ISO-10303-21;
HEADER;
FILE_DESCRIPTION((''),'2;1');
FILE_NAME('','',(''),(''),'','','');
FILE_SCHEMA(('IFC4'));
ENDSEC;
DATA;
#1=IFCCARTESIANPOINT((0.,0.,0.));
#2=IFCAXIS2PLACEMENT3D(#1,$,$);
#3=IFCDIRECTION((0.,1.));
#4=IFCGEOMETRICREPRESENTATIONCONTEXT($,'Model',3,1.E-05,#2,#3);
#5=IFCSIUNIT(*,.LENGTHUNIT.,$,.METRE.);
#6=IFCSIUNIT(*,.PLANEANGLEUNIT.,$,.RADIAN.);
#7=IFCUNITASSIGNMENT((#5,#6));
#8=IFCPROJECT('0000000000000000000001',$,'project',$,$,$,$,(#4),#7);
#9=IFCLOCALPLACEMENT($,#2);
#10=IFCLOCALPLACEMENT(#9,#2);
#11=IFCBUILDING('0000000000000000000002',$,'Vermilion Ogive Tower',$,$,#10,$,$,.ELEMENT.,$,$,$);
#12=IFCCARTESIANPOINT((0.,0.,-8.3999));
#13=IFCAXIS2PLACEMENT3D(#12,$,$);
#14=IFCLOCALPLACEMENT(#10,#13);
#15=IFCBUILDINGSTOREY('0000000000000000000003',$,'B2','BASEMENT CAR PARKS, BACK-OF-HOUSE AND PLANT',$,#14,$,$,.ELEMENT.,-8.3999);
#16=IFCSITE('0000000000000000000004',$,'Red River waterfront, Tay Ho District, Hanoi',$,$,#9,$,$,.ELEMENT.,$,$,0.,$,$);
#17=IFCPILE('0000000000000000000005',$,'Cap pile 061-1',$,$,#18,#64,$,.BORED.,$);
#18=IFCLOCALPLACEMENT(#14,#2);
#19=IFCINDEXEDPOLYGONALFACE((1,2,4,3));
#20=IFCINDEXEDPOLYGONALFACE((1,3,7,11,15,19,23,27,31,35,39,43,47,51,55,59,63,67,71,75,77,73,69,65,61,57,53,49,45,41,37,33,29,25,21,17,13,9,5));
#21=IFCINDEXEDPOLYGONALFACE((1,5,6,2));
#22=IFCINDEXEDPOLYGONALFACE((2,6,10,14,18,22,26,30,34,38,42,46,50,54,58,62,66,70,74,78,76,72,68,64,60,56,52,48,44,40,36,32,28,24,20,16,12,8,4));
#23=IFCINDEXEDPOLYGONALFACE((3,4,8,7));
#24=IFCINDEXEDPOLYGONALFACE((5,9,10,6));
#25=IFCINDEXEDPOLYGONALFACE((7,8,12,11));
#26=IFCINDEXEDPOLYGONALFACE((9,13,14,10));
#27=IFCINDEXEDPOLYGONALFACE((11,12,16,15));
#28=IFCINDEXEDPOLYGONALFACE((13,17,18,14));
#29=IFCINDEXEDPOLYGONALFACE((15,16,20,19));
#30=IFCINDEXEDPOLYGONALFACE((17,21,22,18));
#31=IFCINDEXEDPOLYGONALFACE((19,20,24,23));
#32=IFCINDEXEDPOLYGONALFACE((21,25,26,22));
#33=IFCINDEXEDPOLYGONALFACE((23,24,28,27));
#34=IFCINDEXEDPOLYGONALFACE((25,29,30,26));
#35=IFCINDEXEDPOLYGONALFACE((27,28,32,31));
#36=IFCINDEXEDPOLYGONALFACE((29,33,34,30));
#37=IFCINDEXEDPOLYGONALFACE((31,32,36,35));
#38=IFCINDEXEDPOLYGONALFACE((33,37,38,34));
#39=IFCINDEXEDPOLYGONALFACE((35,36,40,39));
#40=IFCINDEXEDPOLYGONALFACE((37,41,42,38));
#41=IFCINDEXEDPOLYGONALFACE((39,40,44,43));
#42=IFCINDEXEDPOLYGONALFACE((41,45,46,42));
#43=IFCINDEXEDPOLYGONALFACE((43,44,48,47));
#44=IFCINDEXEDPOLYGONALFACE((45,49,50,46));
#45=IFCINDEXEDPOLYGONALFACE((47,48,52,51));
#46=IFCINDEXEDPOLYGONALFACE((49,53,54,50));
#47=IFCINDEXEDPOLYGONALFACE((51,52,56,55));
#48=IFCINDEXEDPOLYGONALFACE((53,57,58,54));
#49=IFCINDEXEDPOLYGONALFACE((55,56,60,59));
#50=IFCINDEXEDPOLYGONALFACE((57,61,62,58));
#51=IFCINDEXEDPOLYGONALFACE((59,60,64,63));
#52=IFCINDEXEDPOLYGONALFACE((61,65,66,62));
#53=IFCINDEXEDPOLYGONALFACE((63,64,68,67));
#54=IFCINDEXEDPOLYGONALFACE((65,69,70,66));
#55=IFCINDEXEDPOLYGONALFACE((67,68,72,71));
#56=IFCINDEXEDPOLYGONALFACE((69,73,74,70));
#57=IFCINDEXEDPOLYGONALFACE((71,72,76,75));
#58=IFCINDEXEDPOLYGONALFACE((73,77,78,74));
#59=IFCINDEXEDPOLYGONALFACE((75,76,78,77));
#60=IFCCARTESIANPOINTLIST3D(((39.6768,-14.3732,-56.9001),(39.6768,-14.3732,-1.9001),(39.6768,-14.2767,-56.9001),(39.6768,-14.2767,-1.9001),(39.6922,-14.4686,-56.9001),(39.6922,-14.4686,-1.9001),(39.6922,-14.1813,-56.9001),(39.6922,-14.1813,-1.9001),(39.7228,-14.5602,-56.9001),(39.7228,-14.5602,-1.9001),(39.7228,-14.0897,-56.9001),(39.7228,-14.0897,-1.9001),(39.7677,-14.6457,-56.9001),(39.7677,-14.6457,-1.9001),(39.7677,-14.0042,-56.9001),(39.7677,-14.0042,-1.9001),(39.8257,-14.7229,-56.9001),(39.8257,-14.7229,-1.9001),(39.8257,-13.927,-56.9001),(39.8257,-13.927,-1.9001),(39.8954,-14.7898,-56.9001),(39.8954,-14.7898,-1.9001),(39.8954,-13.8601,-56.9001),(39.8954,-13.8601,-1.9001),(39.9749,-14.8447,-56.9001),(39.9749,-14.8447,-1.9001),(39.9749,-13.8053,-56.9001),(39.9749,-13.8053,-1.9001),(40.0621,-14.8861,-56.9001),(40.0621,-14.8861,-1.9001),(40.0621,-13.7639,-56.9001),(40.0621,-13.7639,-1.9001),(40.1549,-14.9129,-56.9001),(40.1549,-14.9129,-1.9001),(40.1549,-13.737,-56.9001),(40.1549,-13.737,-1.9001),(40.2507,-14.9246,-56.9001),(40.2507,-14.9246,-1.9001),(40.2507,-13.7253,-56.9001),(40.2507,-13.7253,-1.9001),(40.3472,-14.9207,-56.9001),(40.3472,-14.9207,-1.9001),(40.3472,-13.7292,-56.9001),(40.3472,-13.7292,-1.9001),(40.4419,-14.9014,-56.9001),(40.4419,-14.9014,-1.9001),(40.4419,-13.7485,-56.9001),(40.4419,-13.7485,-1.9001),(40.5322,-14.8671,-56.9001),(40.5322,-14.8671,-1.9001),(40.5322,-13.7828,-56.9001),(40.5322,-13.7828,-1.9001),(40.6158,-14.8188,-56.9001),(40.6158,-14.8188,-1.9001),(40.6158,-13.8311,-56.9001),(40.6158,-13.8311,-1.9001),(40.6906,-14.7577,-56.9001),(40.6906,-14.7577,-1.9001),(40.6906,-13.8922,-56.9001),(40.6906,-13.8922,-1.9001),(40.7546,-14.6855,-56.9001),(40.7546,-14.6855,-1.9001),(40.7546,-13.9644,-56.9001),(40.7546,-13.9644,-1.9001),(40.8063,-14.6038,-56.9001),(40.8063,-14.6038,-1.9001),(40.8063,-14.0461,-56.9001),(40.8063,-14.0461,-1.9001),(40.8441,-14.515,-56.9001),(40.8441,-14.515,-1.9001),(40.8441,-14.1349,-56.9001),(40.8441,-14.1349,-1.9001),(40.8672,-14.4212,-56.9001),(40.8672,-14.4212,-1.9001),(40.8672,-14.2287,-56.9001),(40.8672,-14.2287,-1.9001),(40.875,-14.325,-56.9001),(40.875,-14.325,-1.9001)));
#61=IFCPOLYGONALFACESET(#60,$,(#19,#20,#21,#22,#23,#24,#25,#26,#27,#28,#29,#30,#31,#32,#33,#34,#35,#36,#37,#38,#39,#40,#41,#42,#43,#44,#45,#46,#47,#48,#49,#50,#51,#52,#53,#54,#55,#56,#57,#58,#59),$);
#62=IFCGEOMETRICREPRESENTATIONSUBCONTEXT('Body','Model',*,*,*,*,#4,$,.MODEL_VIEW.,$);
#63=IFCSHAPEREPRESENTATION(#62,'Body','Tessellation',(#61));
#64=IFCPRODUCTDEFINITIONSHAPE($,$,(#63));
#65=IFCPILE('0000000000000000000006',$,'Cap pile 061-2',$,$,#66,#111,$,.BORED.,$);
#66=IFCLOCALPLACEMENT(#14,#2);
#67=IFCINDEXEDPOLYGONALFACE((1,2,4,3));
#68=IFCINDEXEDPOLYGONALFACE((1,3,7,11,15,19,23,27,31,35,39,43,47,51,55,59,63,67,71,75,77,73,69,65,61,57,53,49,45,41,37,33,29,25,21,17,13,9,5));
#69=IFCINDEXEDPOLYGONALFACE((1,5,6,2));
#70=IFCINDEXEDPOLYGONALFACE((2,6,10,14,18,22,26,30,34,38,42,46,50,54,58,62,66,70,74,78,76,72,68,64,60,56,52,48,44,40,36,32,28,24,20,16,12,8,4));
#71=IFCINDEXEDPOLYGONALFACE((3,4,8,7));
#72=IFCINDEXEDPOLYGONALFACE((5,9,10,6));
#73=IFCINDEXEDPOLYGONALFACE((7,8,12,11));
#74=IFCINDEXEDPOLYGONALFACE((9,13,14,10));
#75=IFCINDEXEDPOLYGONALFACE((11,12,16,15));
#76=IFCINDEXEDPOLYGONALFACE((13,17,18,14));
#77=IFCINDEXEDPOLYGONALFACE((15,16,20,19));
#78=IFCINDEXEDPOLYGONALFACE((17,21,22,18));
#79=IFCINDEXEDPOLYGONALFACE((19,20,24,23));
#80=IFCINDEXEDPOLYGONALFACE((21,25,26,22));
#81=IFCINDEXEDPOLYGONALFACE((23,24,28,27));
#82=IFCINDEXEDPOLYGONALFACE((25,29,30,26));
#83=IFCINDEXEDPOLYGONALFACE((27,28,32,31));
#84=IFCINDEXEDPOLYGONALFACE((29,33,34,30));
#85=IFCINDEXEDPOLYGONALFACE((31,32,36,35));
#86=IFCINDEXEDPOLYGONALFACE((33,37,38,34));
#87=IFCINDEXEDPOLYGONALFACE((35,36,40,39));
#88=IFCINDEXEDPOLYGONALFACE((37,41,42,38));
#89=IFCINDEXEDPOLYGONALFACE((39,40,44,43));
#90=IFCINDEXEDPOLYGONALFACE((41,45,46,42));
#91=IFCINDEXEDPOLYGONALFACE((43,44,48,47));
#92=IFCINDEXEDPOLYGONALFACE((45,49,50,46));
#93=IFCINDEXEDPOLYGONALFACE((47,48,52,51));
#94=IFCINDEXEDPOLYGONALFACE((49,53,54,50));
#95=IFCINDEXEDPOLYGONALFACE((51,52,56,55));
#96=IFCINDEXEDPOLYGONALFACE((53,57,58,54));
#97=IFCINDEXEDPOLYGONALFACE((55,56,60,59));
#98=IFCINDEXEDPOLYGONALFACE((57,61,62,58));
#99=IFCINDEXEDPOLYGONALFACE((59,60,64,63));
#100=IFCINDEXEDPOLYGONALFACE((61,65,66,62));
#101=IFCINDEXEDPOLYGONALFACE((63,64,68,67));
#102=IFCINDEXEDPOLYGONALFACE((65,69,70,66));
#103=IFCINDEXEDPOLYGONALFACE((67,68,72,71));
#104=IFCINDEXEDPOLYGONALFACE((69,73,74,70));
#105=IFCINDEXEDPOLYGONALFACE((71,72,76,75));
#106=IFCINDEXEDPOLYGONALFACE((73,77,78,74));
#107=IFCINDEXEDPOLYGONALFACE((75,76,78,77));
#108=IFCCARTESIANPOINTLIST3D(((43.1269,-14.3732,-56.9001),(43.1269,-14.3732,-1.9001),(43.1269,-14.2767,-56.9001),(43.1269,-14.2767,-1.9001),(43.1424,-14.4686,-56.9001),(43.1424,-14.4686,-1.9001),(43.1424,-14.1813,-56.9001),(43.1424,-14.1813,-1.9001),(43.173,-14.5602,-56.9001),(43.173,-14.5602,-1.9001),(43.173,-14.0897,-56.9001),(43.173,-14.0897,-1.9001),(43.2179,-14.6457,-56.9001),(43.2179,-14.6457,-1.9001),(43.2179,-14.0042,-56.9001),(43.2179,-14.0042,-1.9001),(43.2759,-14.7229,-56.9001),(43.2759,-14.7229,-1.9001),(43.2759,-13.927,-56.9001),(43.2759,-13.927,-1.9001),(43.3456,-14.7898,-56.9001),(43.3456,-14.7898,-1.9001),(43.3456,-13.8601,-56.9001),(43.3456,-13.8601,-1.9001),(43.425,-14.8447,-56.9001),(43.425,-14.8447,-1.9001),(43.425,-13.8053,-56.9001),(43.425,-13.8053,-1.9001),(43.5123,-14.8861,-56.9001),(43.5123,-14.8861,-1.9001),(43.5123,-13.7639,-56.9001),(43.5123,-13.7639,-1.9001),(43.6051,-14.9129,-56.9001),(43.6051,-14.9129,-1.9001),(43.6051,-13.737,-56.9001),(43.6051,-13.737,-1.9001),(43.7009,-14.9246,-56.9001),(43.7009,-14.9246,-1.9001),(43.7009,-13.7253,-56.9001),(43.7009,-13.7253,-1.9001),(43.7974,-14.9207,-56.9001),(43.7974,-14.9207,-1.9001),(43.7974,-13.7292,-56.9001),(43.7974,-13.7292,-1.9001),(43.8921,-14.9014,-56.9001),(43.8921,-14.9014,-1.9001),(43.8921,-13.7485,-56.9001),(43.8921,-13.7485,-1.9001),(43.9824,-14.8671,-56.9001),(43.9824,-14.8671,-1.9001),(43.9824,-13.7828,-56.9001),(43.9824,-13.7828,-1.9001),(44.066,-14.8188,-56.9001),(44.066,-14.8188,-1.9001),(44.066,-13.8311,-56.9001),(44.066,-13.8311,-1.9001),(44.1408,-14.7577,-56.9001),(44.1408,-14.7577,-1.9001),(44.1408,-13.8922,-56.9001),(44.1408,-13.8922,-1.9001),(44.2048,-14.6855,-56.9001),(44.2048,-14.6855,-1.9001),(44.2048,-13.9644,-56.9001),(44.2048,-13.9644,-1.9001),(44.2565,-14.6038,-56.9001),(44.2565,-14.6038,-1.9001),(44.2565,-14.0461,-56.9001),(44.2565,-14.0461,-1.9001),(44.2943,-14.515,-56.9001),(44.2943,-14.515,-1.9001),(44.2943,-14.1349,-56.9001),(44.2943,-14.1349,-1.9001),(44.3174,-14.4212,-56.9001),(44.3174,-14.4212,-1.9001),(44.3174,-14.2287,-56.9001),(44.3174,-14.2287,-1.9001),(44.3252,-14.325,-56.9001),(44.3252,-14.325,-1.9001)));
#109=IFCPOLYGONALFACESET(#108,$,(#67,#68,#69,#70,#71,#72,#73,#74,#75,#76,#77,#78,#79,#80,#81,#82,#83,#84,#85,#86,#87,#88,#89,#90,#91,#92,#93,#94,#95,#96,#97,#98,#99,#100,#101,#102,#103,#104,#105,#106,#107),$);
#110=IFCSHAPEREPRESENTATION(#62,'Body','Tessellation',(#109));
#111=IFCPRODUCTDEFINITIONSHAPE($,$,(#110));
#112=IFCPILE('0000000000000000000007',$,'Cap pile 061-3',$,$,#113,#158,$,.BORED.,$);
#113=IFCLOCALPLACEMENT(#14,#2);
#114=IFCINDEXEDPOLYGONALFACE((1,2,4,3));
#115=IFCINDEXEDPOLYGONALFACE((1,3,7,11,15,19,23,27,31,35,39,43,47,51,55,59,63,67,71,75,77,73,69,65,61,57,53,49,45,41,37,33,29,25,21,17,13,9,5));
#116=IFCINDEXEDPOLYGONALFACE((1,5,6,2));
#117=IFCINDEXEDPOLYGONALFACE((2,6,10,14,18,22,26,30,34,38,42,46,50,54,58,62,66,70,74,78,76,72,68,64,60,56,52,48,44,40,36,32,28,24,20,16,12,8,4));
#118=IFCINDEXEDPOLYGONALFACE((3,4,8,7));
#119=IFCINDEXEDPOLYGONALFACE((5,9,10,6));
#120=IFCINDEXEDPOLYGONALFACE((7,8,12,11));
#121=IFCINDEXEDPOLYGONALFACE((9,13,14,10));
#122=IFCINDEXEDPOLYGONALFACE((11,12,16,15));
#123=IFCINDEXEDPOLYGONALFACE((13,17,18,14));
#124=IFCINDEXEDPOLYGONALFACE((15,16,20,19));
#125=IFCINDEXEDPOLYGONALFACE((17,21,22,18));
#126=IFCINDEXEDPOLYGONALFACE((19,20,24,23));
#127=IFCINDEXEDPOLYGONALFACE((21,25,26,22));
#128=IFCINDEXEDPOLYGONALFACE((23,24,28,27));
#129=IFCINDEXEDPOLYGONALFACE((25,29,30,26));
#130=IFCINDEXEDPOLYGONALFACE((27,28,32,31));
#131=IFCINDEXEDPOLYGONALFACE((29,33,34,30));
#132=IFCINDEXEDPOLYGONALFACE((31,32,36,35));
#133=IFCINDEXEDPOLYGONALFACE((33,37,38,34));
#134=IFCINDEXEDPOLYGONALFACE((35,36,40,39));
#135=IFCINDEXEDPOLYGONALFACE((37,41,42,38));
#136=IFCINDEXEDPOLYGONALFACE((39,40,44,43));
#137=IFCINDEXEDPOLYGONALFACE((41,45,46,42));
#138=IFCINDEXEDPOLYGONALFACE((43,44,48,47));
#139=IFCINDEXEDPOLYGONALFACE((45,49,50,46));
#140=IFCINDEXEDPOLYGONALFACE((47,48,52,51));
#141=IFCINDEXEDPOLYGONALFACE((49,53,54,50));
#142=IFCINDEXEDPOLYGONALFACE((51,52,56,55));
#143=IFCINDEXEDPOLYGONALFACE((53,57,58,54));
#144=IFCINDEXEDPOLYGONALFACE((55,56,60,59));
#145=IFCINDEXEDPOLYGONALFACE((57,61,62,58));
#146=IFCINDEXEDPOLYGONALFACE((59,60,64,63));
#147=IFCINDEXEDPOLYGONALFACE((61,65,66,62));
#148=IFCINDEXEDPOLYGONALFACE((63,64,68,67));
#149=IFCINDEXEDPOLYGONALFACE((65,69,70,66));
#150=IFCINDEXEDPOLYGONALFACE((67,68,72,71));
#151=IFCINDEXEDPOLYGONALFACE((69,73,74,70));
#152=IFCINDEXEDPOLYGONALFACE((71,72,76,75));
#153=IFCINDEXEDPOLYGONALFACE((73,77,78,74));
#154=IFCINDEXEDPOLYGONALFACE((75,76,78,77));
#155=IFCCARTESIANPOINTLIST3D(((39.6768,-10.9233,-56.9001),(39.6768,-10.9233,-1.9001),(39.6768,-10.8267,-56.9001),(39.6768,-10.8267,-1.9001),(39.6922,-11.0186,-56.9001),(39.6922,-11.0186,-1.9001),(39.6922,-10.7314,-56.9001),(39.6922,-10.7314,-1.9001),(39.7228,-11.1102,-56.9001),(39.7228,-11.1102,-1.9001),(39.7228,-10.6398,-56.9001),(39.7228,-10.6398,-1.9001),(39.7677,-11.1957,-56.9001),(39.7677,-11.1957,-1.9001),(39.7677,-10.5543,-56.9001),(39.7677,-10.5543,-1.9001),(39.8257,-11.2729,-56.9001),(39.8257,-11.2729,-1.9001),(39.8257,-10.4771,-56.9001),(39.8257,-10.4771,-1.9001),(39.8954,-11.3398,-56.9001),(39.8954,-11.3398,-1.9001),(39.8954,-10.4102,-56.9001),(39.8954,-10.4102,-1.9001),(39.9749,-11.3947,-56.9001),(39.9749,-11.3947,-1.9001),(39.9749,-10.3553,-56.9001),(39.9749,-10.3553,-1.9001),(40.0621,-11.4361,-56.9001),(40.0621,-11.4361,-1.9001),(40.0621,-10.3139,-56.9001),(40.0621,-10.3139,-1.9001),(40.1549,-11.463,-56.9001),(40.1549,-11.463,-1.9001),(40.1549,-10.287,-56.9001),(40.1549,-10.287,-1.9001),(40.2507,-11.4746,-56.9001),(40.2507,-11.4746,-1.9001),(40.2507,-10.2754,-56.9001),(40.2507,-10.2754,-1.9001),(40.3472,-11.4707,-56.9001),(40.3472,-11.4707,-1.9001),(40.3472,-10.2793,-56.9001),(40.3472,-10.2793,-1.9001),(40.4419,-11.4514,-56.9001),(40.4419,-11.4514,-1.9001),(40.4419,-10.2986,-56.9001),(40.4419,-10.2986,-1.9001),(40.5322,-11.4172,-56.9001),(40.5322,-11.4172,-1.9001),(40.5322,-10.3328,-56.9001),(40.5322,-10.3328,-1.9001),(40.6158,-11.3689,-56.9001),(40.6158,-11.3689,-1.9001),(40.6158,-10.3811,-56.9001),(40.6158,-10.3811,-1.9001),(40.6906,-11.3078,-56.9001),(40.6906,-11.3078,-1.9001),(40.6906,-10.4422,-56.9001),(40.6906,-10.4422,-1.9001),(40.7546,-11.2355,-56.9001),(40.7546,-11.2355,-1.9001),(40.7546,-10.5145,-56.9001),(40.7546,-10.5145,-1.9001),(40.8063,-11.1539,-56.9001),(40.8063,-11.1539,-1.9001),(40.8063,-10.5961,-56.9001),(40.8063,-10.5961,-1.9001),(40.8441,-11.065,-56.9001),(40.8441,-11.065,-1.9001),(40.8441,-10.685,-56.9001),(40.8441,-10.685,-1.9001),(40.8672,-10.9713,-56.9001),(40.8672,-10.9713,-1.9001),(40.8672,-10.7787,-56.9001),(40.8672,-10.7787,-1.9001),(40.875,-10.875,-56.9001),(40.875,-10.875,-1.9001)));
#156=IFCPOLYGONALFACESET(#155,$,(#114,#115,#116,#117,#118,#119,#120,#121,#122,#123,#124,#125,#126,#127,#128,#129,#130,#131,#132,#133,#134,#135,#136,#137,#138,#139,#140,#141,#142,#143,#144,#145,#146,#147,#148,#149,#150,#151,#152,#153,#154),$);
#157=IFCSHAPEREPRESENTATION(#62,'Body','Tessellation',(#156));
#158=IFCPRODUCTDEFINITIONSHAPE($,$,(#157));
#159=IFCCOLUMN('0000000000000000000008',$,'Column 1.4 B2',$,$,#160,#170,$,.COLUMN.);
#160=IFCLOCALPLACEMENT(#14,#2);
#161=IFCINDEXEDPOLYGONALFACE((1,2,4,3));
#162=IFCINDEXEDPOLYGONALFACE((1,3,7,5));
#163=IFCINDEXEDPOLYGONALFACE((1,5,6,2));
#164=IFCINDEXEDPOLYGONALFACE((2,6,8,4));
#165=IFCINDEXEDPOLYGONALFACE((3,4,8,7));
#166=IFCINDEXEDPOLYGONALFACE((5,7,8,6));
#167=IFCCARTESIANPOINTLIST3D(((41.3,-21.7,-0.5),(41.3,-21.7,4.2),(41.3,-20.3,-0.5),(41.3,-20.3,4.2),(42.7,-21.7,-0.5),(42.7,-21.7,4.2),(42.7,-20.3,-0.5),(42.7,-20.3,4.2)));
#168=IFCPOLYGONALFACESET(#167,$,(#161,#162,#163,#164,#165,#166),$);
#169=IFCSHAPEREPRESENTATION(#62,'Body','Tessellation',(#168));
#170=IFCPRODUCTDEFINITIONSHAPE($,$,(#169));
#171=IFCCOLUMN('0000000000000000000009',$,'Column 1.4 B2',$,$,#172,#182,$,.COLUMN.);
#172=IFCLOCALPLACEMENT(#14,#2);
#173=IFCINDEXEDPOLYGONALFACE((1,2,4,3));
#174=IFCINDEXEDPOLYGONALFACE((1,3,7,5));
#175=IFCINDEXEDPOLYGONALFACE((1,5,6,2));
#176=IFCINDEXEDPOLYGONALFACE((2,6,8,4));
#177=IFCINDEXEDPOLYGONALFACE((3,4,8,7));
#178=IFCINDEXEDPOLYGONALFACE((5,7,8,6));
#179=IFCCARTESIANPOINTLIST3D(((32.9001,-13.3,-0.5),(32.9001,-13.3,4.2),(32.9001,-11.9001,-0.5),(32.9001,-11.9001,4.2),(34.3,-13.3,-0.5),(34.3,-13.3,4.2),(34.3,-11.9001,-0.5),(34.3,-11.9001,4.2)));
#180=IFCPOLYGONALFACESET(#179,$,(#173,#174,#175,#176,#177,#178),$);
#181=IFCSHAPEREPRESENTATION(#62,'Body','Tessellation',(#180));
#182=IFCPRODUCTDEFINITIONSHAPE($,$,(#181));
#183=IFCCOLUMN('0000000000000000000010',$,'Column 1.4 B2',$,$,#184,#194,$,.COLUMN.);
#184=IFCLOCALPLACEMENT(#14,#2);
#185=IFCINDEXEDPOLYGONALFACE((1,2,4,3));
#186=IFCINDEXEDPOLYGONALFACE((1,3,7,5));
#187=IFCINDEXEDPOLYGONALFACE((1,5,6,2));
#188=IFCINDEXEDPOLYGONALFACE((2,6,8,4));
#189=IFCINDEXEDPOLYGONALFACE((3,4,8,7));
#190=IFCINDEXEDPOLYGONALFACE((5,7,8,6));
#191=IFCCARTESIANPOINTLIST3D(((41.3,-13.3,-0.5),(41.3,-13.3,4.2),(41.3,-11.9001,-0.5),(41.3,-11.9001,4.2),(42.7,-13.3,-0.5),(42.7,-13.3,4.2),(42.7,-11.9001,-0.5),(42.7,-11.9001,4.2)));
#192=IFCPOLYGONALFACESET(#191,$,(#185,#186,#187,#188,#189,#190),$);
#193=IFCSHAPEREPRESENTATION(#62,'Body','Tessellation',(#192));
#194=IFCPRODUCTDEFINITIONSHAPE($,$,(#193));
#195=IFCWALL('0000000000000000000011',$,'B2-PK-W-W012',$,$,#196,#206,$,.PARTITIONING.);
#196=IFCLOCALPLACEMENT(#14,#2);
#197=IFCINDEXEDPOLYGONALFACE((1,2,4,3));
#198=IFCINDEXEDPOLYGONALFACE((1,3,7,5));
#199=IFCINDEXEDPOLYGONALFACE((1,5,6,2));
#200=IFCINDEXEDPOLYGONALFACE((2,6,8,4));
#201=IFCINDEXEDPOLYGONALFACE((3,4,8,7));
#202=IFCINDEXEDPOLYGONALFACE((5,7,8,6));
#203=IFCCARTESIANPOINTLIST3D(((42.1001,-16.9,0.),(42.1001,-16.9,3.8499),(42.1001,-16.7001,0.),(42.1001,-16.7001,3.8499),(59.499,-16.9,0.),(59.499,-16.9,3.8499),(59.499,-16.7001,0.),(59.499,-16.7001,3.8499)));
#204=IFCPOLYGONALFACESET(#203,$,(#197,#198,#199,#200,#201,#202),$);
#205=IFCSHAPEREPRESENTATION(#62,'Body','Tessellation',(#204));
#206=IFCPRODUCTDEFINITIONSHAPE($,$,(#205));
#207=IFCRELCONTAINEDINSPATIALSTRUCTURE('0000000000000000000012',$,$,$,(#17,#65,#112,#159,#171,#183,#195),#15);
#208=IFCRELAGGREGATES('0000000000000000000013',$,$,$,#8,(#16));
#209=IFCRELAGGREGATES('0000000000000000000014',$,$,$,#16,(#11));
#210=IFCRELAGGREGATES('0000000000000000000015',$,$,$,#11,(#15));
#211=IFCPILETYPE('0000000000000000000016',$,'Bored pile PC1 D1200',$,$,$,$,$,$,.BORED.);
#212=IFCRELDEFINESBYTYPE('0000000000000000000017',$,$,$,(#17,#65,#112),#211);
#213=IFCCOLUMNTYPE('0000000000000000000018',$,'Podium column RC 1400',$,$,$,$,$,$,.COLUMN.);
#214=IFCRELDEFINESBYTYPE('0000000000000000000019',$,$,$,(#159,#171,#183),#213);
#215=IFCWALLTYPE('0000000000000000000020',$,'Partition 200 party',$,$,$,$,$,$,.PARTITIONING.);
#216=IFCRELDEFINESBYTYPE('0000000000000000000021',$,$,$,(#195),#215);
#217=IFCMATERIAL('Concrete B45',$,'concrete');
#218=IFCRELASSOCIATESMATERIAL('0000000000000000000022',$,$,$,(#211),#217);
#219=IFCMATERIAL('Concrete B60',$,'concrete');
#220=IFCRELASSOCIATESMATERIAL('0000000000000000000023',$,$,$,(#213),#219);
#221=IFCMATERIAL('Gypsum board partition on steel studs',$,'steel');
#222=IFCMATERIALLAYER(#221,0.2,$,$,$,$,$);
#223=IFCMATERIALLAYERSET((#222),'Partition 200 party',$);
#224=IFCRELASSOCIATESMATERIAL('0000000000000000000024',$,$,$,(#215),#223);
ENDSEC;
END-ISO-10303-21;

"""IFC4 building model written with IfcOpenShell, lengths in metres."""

from ifc_helpers import new_model, si_unit, direction, frame, frame_2d, origin, origin_2d, place, context, subcontext, project, spatial, rectangle, circle, extrude, material, layer, layer_set, material_profile, profile_set, type_object, element, save


model = new_model("IFC4")

# Units and contexts
model_context = context("Model", 3, precision=1e-05, world=origin(), true_north=direction((0.0, 1.0)))
body_context = subcontext(model_context, "Body", "Model", "MODEL_VIEW")
ifc_project = project(units=[si_unit("LENGTHUNIT", "METRE"), si_unit("PLANEANGLEUNIT", "RADIAN")], contexts=[model_context])

# Site, building, storey
site_placement = place(None, origin())
site = spatial("IfcSite", under=ifc_project, at=site_placement, Name="Red River waterfront, Tay Ho District, Hanoi", CompositionType="ELEMENT", RefElevation=0.0)
building_placement = place(site_placement, origin())
building = spatial("IfcBuilding", under=site, at=building_placement, Name="Vermilion Ogive Tower", CompositionType="ELEMENT")
storey_placement = place(building_placement, frame((0.0, 0.0, -8.3999)))
storey = spatial("IfcBuildingStorey", under=building, at=storey_placement, Name="B2", Description="BASEMENT CAR PARKS, BACK-OF-HOUSE AND PLANT", CompositionType="ELEMENT", Elevation=-8.3999)

# Piles
ifc_material_1 = material(Name="Concrete B45", Category="concrete")
pile_type = type_object("IfcPileType", Name="Bored pile PC1 D1200", PredefinedType="BORED", material=ifc_material_1)
for number, where, z_axis, x_axis, name in (
    (1, (40.2749, -14.325, -1.9001), (0.0, 0.0, -1.0), (1.0, 0.0, 0.0), "Cap pile 061-1"),
    (2, (43.7251, -14.325, -1.9001), (0.0, 0.0, -1.0), (1.0, 0.0, 0.0), "Cap pile 061-2"),
    (3, (40.2749, -10.875, -1.9001), (0.0, 0.0, -1.0), (1.0, 0.0, 0.0), "Cap pile 061-3"),
):
    element("IfcPile", number, at=place(storey_placement, frame(where, z_axis=z_axis, x_axis=x_axis)), inside=storey, type_object=pile_type, Name=name, PredefinedType="BORED", context=body_context, shape_type="SweptSolid", body=[
        extrude(circle(Radius=0.6001, at=origin_2d()), origin(), (0.0, 0.0, 1.0), 55.0),
    ])

# Columns
ifc_material_2 = material(Name="Concrete B60", Category="concrete")
ifc_material_profile = material_profile(ifc_material_2, rectangle(XDim=1.3999, YDim=1.3999, at=origin_2d()), Name="RC 1400x1400")
ifc_profile_set = profile_set([ifc_material_profile], Name="Concrete B60")
column_type = type_object("IfcColumnType", Name="Podium column RC 1400", PredefinedType="COLUMN", material=ifc_profile_set)
for number, where, z_axis, x_axis, name in (
    (4, (42.0, -21.0, -0.5), (0.0, 0.0, 1.0), (1.0, 0.0, 0.0), "Column 1.4 B2"),
    (5, (33.6001, -12.6001, -0.5), (0.0, 0.0, 1.0), (1.0, 0.0, 0.0), "Column 1.4 B2"),
    (6, (42.0, -12.6001, -0.5), (0.0, 0.0, 1.0), (1.0, 0.0, 0.0), "Column 1.4 B2"),
):
    element("IfcColumn", number, at=place(storey_placement, frame(where, z_axis=z_axis, x_axis=x_axis)), inside=storey, type_object=column_type, Name=name, PredefinedType="COLUMN", context=body_context, shape_type="SweptSolid", body=[
        extrude(rectangle(XDim=1.3999, YDim=1.3999, at=origin_2d()), origin(), (0.0, 0.0, 1.0), 4.7),
    ])

# Wall
ifc_material_3 = material(Name="Gypsum board partition on steel studs", Category="steel")
ifc_layer = layer(ifc_material_3, 0.2)
ifc_layer_set = layer_set([ifc_layer], Name="Partition 200 party")
wall_type = type_object("IfcWallType", Name="Partition 200 party", PredefinedType="PARTITIONING", material=ifc_layer_set)
wall_1_placement = place(storey_placement, frame((42.1001, -16.8, 0.0), z_axis=(0.0, 0.0, 1.0), x_axis=(1.0, 0.0, 0.0)))
element("IfcWall", 7, at=wall_1_placement, inside=storey, type_object=wall_type, Name="B2-PK-W-W012", PredefinedType="PARTITIONING", context=body_context, shape_type="SweptSolid", body=[
    extrude(rectangle(XDim=17.3989, YDim=0.2, at=frame_2d((8.6995, 0.0))), origin(), (0.0, 0.0, 1.0), 3.8499),
])

save(model, "model.ifc")
